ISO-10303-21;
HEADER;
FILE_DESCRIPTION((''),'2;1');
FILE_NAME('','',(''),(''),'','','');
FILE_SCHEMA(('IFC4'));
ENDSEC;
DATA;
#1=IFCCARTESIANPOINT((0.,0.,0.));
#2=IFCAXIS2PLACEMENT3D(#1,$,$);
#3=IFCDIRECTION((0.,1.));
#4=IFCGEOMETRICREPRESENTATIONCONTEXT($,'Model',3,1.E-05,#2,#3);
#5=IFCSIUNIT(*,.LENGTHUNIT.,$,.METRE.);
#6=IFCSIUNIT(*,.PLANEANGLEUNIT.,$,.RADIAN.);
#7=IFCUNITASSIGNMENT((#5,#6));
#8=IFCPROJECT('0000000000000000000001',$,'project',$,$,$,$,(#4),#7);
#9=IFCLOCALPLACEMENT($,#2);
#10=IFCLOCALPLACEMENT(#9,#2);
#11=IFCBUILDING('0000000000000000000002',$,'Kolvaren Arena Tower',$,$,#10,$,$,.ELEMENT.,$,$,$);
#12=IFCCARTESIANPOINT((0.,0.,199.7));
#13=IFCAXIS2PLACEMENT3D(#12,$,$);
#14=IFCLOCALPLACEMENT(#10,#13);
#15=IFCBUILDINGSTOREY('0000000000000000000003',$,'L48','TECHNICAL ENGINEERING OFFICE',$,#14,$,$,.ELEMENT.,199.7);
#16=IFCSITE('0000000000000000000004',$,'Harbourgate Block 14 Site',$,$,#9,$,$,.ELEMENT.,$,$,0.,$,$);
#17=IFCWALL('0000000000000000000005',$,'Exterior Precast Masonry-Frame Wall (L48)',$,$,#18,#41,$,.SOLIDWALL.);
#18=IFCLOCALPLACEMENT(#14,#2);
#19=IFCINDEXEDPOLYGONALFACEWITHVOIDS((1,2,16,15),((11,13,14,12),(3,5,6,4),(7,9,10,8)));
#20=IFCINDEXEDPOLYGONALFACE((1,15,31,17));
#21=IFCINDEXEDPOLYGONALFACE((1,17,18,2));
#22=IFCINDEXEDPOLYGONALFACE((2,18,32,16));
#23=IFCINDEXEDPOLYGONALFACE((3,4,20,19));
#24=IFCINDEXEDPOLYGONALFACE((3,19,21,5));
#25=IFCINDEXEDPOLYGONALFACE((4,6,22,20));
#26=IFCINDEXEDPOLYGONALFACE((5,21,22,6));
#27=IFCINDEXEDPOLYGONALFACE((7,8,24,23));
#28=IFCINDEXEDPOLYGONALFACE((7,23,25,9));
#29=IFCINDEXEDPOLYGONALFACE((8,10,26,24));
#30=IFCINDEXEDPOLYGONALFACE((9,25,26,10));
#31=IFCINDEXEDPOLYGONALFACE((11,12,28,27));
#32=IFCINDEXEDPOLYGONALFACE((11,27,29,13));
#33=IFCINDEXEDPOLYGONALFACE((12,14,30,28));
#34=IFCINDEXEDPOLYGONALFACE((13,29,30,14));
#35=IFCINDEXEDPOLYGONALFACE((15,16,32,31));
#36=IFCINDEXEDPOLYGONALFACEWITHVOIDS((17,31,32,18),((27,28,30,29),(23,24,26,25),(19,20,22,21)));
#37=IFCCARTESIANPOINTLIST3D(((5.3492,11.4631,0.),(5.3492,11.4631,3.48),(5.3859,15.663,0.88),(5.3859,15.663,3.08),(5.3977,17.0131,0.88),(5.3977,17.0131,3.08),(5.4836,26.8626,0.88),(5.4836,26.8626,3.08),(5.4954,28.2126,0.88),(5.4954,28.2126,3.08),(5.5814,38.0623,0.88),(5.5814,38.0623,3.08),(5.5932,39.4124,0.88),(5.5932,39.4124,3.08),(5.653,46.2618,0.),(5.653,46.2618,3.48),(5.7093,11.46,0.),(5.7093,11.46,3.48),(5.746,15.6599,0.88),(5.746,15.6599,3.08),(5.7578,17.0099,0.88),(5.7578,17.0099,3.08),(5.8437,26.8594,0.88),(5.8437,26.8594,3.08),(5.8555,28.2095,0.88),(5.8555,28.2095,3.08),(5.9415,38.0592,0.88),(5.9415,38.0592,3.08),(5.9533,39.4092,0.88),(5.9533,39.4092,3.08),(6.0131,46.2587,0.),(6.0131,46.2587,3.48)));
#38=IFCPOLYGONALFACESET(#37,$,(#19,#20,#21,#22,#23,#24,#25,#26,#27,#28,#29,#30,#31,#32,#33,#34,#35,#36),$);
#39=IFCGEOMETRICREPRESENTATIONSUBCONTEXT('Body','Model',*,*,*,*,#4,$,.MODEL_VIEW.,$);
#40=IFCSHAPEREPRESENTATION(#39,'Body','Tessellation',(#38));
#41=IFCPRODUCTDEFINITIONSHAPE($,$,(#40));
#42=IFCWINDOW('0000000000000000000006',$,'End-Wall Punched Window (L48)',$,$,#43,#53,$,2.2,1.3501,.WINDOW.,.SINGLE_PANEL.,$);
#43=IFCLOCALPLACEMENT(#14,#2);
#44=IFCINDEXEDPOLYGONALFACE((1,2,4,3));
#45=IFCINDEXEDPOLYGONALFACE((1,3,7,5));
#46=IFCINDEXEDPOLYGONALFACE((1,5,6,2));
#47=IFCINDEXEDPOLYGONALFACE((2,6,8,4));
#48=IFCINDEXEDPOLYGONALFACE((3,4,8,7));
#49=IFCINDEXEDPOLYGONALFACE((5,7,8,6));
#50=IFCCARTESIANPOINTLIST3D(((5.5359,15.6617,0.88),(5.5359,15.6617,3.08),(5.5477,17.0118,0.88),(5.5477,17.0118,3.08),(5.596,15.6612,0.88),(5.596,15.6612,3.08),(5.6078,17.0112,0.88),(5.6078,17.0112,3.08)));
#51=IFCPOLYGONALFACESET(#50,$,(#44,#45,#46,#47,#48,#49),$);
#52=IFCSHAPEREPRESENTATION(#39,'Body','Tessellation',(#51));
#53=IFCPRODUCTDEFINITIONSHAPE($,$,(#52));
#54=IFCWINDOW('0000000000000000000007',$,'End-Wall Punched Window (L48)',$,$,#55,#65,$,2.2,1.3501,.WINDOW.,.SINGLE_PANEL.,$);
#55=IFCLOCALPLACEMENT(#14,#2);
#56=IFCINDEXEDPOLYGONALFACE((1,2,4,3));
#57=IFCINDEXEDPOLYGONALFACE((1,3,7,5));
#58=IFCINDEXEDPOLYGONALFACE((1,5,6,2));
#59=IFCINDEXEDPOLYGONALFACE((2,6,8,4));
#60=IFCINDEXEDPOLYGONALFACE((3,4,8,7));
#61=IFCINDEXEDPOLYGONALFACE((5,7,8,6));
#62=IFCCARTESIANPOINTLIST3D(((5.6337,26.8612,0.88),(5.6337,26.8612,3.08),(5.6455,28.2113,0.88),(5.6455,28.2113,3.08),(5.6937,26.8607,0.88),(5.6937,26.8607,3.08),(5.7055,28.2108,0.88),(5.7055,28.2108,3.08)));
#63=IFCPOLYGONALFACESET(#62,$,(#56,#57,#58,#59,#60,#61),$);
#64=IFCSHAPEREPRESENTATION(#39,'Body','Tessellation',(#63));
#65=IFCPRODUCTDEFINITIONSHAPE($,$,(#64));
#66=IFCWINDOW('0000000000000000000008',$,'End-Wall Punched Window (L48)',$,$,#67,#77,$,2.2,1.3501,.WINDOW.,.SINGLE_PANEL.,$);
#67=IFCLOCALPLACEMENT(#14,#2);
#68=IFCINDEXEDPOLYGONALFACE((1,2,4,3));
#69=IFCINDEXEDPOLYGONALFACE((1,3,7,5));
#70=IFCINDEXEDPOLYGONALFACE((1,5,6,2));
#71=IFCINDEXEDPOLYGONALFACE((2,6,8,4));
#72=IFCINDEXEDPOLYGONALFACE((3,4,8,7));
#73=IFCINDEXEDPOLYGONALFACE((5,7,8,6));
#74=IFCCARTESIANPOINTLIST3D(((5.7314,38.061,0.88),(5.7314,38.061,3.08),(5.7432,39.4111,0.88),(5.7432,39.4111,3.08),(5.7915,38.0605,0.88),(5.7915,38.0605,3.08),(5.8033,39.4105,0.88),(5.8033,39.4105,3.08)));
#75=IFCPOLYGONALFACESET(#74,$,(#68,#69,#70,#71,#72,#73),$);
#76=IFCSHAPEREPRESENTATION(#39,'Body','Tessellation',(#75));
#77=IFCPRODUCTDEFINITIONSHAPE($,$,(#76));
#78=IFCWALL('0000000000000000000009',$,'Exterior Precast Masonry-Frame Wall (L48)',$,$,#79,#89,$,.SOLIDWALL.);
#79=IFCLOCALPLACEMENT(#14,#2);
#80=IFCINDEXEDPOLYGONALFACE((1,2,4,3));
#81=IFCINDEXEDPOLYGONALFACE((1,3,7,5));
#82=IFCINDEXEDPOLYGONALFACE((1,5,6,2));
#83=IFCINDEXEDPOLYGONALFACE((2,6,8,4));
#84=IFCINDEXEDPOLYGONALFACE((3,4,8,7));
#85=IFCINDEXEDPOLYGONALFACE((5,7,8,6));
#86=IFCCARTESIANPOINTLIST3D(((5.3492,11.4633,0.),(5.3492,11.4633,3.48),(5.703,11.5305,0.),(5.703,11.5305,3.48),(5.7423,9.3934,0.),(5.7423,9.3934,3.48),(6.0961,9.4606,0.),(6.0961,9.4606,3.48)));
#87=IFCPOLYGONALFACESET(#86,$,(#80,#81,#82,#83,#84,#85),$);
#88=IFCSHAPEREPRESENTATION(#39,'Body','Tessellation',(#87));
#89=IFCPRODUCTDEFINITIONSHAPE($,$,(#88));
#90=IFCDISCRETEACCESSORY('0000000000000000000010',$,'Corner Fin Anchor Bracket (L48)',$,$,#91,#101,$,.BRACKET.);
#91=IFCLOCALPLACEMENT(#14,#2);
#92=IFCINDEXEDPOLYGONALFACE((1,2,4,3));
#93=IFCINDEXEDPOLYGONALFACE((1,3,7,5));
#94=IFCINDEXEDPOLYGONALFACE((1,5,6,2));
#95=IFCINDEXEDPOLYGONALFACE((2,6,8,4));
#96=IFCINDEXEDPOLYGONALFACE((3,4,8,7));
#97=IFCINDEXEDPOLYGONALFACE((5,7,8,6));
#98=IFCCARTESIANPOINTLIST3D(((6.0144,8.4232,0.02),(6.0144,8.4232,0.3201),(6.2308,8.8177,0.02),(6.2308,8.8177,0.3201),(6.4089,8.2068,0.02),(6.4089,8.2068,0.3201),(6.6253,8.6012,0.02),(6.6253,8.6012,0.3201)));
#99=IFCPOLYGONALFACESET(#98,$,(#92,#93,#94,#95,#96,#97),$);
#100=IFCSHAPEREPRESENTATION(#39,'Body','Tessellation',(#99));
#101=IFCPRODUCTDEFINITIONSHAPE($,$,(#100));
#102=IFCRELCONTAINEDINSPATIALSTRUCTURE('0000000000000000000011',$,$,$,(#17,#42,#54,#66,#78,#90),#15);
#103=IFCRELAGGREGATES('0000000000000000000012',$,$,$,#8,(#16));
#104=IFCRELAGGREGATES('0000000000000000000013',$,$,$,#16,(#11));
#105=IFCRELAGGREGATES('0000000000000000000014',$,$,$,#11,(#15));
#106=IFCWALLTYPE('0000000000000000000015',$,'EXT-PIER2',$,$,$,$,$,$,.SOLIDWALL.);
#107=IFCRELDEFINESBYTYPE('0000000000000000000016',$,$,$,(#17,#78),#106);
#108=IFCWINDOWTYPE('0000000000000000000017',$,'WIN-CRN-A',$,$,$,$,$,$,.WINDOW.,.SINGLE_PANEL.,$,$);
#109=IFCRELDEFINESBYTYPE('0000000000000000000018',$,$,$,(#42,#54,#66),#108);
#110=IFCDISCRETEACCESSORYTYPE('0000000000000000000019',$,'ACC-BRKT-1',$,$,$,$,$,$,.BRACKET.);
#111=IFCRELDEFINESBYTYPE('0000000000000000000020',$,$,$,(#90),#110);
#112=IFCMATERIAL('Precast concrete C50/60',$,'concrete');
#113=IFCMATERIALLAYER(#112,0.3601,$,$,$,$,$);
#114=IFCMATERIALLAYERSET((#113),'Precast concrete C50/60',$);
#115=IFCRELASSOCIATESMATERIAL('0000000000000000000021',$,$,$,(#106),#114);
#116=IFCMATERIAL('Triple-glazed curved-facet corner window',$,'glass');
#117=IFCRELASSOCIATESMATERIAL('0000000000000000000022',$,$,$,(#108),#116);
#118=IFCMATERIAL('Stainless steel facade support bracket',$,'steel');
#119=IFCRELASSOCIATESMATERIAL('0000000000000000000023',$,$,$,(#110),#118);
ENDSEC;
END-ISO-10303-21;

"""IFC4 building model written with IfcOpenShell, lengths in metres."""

from ifc_helpers import new_model, si_unit, direction, frame, frame_2d, origin, origin_2d, place, context, subcontext, project, spatial, rectangle, extrude, material, layer, layer_set, type_object, element, fill, save


model = new_model("IFC4")

# Units and contexts
model_context = context("Model", 3, precision=1e-05, world=origin(), true_north=direction((0.0, 1.0)))
body_context = subcontext(model_context, "Body", "Model", "MODEL_VIEW")
ifc_project = project(units=[si_unit("LENGTHUNIT", "METRE"), si_unit("PLANEANGLEUNIT", "RADIAN")], contexts=[model_context])

# Site, building, storey
site_placement = place(None, origin())
site = spatial("IfcSite", under=ifc_project, at=site_placement, Name="Harbourgate Block 14 Site", CompositionType="ELEMENT", RefElevation=0.0)
building_placement = place(site_placement, origin())
building = spatial("IfcBuilding", under=site, at=building_placement, Name="Kolvaren Arena Tower", CompositionType="ELEMENT")
storey_placement = place(building_placement, frame((0.0, 0.0, 199.7)))
storey = spatial("IfcBuildingStorey", under=building, at=storey_placement, Name="L48", Description="TECHNICAL ENGINEERING OFFICE", CompositionType="ELEMENT", Elevation=199.7)

# Wall, openings, windows
ifc_material_1 = material(Name="Precast concrete C50/60", Category="concrete")
ifc_layer_1 = layer(ifc_material_1, 0.3601)
ifc_layer_set_1 = layer_set([ifc_layer_1], Name="Precast concrete C50/60")
wall_type_1 = type_object("IfcWallType", Name="EXT-PIER2", PredefinedType="SOLIDWALL", material=ifc_layer_set_1)
wall_1_placement = place(storey_placement, frame((5.5293, 11.4617, 0.0), z_axis=(0.0, 0.0, 1.0), x_axis=(0.008727, 0.999962, 0.0)))
wall_1 = element("IfcWall", 1, at=wall_1_placement, inside=storey, type_object=wall_type_1, Name="Exterior Precast Masonry-Frame Wall (L48)", PredefinedType="SOLIDWALL", context=body_context, shape_type="SweptSolid", body=[
    extrude(rectangle(XDim=34.8, YDim=0.3601, at=frame_2d((17.3999, 0.0))), origin(), (0.0, 0.0, 1.0), 3.48),
])
opening_1_placement = place(wall_1_placement, frame((4.2, 0.0, 0.8799)))
opening_1 = element("IfcOpeningElement", 2, at=opening_1_placement, cuts=wall_1, PredefinedType="OPENING", context=body_context, shape_type="SweptSolid", body=[
    extrude(rectangle(XDim=1.3501, YDim=2.2, at=frame_2d((0.675, 1.1001))), frame((0.0, 0.1899, 0.0), z_axis=(0.0, -1.0, 0.0), x_axis=(1.0, 0.0, 0.0)), (0.0, 0.0, 1.0), 0.3801),
])
opening_2_placement = place(wall_1_placement, frame((15.3999, 0.0, 0.8799)))
opening_2 = element("IfcOpeningElement", 3, at=opening_2_placement, cuts=wall_1, PredefinedType="OPENING", context=body_context, shape_type="SweptSolid", body=[
    extrude(rectangle(XDim=1.3501, YDim=2.2, at=frame_2d((0.675, 1.1001))), frame((0.0, 0.1899, 0.0), z_axis=(0.0, -1.0, 0.0), x_axis=(1.0, 0.0, 0.0)), (0.0, 0.0, 1.0), 0.3801),
])
opening_3_placement = place(wall_1_placement, frame((26.6001, 0.0, 0.8799)))
opening_3 = element("IfcOpeningElement", 4, at=opening_3_placement, cuts=wall_1, PredefinedType="OPENING", context=body_context, shape_type="SweptSolid", body=[
    extrude(rectangle(XDim=1.3501, YDim=2.2, at=frame_2d((0.675, 1.1001))), frame((0.0, 0.1899, 0.0), z_axis=(0.0, -1.0, 0.0), x_axis=(1.0, 0.0, 0.0)), (0.0, 0.0, 1.0), 0.3801),
])
ifc_material_2 = material(Name="Triple-glazed curved-facet corner window", Category="glass")
window_type = type_object("IfcWindowType", Name="WIN-CRN-A", PartitioningType="SINGLE_PANEL", PredefinedType="WINDOW", material=ifc_material_2)
window_1_placement = place(opening_1_placement, origin())
window_1 = element("IfcWindow", 5, at=window_1_placement, inside=storey, type_object=window_type, Name="End-Wall Punched Window (L48)", OverallHeight=2.2, OverallWidth=1.3501, PartitioningType="SINGLE_PANEL", PredefinedType="WINDOW", context=body_context, shape_type="SweptSolid", body=[
    extrude(rectangle(XDim=1.3501, YDim=2.2, at=frame_2d((0.675, 1.1001))), frame((0.0, 0.03, 0.0), z_axis=(0.0, -1.0, 0.0), x_axis=(1.0, 0.0, 0.0)), (0.0, 0.0, 1.0), 0.0601),
])
fill(opening_1, window_1)
window_2_placement = place(opening_2_placement, origin())
window_2 = element("IfcWindow", 6, at=window_2_placement, inside=storey, type_object=window_type, Name="End-Wall Punched Window (L48)", OverallHeight=2.2, OverallWidth=1.3501, PartitioningType="SINGLE_PANEL", PredefinedType="WINDOW", context=body_context, shape_type="SweptSolid", body=[
    extrude(rectangle(XDim=1.3501, YDim=2.2, at=frame_2d((0.675, 1.1001))), frame((0.0, 0.03, 0.0), z_axis=(0.0, -1.0, 0.0), x_axis=(1.0, 0.0, 0.0)), (0.0, 0.0, 1.0), 0.0601),
])
fill(opening_2, window_2)
window_3_placement = place(opening_3_placement, origin())
window_3 = element("IfcWindow", 7, at=window_3_placement, inside=storey, type_object=window_type, Name="End-Wall Punched Window (L48)", OverallHeight=2.2, OverallWidth=1.3501, PartitioningType="SINGLE_PANEL", PredefinedType="WINDOW", context=body_context, shape_type="SweptSolid", body=[
    extrude(rectangle(XDim=1.3501, YDim=2.2, at=frame_2d((0.675, 1.1001))), frame((0.0, 0.03, 0.0), z_axis=(0.0, -1.0, 0.0), x_axis=(1.0, 0.0, 0.0)), (0.0, 0.0, 1.0), 0.0601),
])
fill(opening_3, window_3)

# Wall
wall_2_placement = place(storey_placement, frame((5.9192, 9.427, 0.0), z_axis=(0.0, 0.0, 1.0), x_axis=(-0.186569, 0.982442, 0.0)))
element("IfcWall", 8, at=wall_2_placement, inside=storey, type_object=wall_type_1, Name="Exterior Precast Masonry-Frame Wall (L48)", PredefinedType="SOLIDWALL", context=body_context, shape_type="SweptSolid", body=[
    extrude(rectangle(XDim=2.1069, YDim=0.3601, at=frame_2d((1.0535, 0.0))), origin(), (0.0, 0.0, 1.0), 3.48),
])

# Discrete accessory
ifc_material_3 = material(Name="Stainless steel facade support bracket", Category="steel")
discrete_accessory_type = type_object("IfcDiscreteAccessoryType", Name="ACC-BRKT-1", PredefinedType="BRACKET", material=ifc_material_3)
discrete_accessory_placement = place(storey_placement, frame((6.3198, 8.5122, 0.02), z_axis=(0.0, 0.0, 1.0), x_axis=(-0.480995, -0.876723, 0.0)))
element("IfcDiscreteAccessory", 9, at=discrete_accessory_placement, inside=storey, type_object=discrete_accessory_type, Name="Corner Fin Anchor Bracket (L48)", PredefinedType="BRACKET", context=body_context, shape_type="SweptSolid", body=[
    extrude(rectangle(XDim=0.45, YDim=0.45, at=origin_2d()), origin(), (0.0, 0.0, 1.0), 0.3),
])

save(model, "model.ifc")
